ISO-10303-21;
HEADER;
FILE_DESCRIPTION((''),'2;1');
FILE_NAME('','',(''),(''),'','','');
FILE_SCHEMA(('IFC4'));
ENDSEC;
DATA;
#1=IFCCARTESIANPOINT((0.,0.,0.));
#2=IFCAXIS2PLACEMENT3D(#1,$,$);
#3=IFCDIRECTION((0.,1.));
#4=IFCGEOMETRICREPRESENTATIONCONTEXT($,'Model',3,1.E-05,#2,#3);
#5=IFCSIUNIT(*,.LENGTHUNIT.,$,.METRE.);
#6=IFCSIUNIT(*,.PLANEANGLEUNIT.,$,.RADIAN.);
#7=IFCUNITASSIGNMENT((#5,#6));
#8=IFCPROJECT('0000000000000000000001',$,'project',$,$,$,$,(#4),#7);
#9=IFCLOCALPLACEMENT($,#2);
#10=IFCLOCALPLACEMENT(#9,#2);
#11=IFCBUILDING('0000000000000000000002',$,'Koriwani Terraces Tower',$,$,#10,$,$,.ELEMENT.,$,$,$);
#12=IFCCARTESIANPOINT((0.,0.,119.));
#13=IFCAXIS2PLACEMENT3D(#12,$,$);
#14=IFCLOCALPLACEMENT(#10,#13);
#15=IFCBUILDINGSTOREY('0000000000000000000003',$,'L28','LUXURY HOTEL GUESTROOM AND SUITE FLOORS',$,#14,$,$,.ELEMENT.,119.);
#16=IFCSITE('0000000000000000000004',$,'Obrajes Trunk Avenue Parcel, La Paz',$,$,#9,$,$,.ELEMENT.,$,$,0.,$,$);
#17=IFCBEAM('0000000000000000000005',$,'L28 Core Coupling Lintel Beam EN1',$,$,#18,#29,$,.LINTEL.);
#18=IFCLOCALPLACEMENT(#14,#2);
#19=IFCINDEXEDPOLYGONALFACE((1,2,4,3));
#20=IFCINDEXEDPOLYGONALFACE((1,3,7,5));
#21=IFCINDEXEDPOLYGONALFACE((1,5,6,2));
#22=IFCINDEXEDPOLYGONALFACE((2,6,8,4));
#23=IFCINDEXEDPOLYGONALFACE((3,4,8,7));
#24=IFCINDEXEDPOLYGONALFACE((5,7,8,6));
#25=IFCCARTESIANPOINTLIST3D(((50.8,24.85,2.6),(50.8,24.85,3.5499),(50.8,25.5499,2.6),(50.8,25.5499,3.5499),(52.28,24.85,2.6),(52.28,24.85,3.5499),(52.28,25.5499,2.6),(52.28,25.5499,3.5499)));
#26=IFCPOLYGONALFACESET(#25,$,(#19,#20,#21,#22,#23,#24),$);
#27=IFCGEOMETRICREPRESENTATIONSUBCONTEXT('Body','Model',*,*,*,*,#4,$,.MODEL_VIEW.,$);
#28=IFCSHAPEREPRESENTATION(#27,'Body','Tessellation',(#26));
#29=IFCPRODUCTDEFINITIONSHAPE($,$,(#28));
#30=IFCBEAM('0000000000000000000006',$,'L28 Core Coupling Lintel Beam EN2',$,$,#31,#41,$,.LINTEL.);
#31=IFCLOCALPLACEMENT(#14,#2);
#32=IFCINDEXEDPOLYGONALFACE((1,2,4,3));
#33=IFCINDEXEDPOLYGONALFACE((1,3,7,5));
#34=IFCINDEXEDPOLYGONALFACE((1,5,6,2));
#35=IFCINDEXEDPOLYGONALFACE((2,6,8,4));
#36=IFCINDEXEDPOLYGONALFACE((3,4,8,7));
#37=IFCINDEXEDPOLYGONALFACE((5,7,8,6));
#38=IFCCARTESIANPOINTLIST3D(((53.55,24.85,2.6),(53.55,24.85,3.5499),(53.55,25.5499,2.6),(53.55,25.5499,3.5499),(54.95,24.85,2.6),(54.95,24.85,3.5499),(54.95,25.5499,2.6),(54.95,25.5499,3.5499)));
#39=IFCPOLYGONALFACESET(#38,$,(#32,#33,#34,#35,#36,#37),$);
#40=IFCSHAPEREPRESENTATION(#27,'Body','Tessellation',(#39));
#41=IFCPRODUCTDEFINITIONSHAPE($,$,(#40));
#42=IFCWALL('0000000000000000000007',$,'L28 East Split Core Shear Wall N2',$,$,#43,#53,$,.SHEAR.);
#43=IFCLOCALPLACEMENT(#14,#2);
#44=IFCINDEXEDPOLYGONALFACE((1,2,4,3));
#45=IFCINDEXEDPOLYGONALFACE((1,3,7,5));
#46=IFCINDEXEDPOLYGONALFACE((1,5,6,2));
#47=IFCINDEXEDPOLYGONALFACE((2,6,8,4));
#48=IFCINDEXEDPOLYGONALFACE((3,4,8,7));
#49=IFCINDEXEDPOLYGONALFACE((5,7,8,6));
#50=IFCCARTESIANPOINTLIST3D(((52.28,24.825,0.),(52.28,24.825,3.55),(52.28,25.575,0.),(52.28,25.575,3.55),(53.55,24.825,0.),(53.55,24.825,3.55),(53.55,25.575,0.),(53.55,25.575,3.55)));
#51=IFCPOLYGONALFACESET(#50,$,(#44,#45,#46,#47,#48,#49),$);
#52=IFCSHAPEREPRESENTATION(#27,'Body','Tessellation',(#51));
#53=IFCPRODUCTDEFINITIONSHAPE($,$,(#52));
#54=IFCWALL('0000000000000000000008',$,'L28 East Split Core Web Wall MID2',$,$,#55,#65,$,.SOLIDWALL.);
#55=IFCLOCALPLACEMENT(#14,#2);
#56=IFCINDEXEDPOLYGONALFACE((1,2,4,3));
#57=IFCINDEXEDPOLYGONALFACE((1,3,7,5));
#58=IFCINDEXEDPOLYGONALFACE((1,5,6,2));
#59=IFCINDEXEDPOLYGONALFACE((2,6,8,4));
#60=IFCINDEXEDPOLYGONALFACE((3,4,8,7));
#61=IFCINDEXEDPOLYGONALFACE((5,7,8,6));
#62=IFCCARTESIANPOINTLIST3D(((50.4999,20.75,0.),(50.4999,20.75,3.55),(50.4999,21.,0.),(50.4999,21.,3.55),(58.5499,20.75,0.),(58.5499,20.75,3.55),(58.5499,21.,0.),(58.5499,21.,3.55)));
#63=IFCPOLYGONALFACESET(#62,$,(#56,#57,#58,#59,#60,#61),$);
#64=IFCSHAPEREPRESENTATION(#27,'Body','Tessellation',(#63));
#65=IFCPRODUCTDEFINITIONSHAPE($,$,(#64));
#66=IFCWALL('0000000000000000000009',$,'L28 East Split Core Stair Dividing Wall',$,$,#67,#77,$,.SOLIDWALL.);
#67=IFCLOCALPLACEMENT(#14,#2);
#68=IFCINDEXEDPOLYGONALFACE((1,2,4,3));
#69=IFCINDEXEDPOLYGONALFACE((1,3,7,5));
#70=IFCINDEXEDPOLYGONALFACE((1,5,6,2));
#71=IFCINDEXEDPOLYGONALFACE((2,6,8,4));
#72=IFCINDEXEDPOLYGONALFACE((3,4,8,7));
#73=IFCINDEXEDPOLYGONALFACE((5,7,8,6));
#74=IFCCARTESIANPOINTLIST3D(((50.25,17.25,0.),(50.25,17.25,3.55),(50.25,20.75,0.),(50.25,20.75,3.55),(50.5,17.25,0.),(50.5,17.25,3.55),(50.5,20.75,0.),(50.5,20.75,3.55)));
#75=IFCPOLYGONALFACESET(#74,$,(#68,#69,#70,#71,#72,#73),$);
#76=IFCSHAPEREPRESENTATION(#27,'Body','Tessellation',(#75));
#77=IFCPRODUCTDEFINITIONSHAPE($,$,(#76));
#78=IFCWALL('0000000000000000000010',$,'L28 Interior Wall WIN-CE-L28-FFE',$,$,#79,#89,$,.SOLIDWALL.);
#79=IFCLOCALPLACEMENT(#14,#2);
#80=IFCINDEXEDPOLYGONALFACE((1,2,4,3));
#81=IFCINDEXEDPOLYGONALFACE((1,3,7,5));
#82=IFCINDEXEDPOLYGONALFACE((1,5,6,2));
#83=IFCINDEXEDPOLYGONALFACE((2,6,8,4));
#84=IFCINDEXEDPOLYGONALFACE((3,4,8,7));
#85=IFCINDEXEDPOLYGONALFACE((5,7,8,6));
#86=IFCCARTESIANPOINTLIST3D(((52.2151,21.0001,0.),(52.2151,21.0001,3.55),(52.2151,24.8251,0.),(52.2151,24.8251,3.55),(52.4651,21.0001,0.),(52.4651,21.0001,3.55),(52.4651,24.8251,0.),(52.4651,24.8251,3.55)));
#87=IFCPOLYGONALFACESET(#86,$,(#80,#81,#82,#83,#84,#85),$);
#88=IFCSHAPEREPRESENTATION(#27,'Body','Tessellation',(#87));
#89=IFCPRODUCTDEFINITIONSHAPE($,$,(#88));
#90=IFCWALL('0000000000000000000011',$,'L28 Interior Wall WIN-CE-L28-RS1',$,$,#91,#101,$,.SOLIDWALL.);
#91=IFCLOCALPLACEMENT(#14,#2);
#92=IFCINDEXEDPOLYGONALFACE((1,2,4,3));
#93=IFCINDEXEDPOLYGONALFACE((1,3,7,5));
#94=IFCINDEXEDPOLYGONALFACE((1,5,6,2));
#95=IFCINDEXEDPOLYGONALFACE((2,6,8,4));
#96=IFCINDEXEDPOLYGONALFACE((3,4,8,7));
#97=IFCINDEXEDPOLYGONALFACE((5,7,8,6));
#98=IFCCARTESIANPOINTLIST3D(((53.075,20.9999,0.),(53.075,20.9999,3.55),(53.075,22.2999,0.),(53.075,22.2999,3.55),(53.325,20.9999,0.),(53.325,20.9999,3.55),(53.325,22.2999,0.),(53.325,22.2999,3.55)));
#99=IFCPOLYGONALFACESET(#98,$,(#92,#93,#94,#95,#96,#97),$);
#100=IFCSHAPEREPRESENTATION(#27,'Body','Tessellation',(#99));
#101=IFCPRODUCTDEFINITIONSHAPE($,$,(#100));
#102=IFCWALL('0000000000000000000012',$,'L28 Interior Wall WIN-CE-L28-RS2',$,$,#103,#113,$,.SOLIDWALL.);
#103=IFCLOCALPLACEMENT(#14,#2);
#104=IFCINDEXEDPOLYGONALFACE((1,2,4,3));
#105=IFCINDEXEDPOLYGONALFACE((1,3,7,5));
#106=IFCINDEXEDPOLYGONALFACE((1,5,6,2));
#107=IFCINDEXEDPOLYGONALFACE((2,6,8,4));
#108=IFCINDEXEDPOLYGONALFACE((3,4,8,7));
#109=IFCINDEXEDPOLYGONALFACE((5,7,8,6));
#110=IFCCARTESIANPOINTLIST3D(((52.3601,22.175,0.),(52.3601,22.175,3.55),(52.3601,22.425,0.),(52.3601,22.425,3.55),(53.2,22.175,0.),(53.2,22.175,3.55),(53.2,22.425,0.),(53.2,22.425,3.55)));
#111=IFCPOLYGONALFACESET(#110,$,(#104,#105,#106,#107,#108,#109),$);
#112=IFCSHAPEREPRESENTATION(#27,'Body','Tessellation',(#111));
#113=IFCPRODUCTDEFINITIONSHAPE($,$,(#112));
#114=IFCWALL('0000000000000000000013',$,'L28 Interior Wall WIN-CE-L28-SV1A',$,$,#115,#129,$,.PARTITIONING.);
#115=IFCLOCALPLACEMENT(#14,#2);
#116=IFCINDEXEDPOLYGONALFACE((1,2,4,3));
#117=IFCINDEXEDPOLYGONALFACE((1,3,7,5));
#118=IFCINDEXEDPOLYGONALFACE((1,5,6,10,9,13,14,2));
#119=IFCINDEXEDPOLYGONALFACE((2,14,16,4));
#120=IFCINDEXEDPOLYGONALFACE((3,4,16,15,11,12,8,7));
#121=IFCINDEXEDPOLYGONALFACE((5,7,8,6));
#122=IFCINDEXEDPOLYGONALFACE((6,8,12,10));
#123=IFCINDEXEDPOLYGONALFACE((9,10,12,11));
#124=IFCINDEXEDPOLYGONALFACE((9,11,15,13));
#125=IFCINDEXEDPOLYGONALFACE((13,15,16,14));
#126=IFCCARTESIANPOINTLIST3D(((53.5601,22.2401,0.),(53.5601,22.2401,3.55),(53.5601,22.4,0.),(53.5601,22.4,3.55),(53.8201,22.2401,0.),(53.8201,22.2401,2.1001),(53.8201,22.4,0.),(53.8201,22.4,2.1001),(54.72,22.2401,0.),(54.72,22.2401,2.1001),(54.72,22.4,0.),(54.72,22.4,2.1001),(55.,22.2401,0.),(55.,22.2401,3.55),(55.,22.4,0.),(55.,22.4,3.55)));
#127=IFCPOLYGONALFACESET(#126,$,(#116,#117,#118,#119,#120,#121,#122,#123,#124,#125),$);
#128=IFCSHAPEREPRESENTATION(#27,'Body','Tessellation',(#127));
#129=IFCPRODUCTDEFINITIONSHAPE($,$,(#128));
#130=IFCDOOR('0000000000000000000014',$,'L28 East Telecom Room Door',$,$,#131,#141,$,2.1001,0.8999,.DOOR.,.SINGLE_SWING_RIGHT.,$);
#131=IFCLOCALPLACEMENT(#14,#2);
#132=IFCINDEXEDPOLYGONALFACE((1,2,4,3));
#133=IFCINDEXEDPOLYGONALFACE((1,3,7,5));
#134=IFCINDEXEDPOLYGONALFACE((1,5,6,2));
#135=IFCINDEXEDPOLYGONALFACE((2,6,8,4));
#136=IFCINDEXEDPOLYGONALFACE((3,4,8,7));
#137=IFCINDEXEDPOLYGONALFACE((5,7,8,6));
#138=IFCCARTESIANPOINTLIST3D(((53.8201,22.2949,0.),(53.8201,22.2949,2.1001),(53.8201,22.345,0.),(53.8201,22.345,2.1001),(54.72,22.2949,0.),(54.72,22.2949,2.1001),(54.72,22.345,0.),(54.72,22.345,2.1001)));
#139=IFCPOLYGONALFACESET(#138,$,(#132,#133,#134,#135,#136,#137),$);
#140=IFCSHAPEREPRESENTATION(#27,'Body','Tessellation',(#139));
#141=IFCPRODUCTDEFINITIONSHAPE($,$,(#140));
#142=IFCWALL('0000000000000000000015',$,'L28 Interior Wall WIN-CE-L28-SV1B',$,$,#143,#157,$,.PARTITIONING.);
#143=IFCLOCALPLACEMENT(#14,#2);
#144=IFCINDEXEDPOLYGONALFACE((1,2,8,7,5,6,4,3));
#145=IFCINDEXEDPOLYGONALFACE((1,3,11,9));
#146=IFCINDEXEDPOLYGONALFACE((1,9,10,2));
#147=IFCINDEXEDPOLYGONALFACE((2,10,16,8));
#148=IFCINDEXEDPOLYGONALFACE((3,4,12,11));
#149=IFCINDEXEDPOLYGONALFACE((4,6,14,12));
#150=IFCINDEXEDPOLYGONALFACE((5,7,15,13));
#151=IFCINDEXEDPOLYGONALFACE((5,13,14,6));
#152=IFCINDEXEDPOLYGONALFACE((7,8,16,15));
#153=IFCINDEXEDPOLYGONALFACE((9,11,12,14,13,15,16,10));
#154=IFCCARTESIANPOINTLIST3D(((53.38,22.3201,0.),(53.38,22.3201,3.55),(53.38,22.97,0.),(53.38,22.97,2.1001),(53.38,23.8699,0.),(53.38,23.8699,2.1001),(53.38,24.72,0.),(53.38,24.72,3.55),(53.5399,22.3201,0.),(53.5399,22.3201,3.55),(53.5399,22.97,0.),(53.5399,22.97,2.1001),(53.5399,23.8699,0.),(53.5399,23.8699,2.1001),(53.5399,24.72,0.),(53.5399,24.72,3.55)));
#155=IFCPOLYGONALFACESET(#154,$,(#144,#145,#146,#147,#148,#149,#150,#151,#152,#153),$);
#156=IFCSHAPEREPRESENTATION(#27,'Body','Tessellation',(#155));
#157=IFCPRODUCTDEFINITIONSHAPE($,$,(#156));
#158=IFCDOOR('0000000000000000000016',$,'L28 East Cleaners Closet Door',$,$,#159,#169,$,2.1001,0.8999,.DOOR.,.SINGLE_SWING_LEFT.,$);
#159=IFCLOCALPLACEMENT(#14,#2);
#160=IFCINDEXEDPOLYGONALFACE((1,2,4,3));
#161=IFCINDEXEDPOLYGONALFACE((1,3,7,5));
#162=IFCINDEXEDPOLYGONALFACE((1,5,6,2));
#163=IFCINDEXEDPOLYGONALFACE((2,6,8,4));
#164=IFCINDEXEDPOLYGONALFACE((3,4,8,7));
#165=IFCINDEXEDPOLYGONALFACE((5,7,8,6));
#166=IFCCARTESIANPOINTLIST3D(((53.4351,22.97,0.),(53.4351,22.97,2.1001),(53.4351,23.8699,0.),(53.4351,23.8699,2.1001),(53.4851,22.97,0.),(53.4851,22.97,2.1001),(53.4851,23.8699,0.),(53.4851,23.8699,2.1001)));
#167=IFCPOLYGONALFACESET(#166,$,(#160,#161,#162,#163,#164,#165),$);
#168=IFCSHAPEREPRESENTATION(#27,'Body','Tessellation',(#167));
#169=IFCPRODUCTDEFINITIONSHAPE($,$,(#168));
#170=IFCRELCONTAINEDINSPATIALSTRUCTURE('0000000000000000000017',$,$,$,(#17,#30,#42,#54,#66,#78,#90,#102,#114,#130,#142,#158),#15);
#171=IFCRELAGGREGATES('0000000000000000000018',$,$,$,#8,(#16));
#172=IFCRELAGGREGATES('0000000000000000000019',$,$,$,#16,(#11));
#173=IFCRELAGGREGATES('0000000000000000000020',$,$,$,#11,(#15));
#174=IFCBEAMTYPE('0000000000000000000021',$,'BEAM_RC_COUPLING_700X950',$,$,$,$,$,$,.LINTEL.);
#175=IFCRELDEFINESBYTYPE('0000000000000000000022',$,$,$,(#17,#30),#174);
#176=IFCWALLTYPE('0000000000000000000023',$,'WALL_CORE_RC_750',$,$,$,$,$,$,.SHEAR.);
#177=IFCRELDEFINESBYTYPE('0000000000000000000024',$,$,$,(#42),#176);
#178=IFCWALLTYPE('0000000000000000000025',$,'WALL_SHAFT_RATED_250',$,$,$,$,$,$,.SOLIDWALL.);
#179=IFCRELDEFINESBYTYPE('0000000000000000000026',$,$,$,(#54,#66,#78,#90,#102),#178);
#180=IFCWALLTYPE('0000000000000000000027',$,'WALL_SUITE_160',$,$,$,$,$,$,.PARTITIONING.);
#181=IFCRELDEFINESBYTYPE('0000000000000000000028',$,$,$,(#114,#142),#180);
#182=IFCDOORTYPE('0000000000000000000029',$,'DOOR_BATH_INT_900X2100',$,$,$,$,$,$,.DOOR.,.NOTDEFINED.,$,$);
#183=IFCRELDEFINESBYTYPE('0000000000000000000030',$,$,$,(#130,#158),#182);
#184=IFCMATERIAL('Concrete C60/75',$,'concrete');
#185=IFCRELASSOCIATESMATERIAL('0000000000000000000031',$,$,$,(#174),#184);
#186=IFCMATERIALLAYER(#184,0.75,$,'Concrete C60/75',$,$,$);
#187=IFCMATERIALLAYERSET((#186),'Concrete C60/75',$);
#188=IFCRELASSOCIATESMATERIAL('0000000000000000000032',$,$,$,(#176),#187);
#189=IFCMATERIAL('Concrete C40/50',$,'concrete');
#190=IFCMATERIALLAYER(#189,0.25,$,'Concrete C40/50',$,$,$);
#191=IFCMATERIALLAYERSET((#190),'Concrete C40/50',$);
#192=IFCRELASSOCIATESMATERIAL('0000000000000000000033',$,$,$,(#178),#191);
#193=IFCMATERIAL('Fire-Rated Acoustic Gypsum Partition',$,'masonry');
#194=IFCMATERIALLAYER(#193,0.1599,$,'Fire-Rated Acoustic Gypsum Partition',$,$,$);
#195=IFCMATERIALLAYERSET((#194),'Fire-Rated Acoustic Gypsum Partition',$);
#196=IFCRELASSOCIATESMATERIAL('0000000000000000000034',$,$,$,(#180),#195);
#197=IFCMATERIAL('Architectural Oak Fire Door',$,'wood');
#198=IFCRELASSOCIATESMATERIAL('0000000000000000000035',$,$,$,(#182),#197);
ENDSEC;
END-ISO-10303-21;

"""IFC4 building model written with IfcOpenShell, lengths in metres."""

from ifc_helpers import new_model, si_unit, direction, frame, frame_2d, origin, origin_2d, place, context, subcontext, project, spatial, rectangle, extrude, material, layer, layer_set, material_profile, profile_set, type_object, element, fill, save


model = new_model("IFC4")

# Units and contexts
model_context = context("Model", 3, precision=1e-05, world=origin(), true_north=direction((0.0, 1.0)))
body_context = subcontext(model_context, "Body", "Model", "MODEL_VIEW")
ifc_project = project(units=[si_unit("LENGTHUNIT", "METRE"), si_unit("PLANEANGLEUNIT", "RADIAN")], contexts=[model_context])

# Site, building, storey
site_placement = place(None, origin())
site = spatial("IfcSite", under=ifc_project, at=site_placement, Name="Obrajes Trunk Avenue Parcel, La Paz", CompositionType="ELEMENT", RefElevation=0.0)
building_placement = place(site_placement, origin())
building = spatial("IfcBuilding", under=site, at=building_placement, Name="Koriwani Terraces Tower", CompositionType="ELEMENT")
storey_placement = place(building_placement, frame((0.0, 0.0, 119.0)))
storey = spatial("IfcBuildingStorey", under=building, at=storey_placement, Name="L28", Description="LUXURY HOTEL GUESTROOM AND SUITE FLOORS", CompositionType="ELEMENT", Elevation=119.0)

# Beams
ifc_material_1 = material(Name="Concrete C60/75", Category="concrete")
ifc_material_profile = material_profile(ifc_material_1, rectangle(XDim=0.7, YDim=0.95, at=origin_2d()), Name="Concrete C60/75", Category="LoadBearing")
ifc_profile_set = profile_set([ifc_material_profile], Name="Concrete C60/75")
beam_type = type_object("IfcBeamType", Name="BEAM_RC_COUPLING_700X950", PredefinedType="LINTEL", material=ifc_profile_set)
beam_1_placement = place(storey_placement, frame((50.8, 25.2, 3.075), z_axis=(1.0, 0.0, 0.0), x_axis=(0.0, 1.0, 0.0)))
element("IfcBeam", 1, at=beam_1_placement, inside=storey, type_object=beam_type, Name="L28 Core Coupling Lintel Beam EN1", PredefinedType="LINTEL", context=body_context, shape_type="SweptSolid", body=[
    extrude(rectangle(XDim=0.7, YDim=0.95, at=origin_2d()), origin(), (0.0, 0.0, 1.0), 1.48),
])
beam_2_placement = place(storey_placement, frame((53.55, 25.2, 3.075), z_axis=(1.0, 0.0, 0.0), x_axis=(0.0, 1.0, 0.0)))
element("IfcBeam", 2, at=beam_2_placement, inside=storey, type_object=beam_type, Name="L28 Core Coupling Lintel Beam EN2", PredefinedType="LINTEL", context=body_context, shape_type="SweptSolid", body=[
    extrude(rectangle(XDim=0.7, YDim=0.95, at=origin_2d()), origin(), (0.0, 0.0, 1.0), 1.3999),
])

# Walls
ifc_layer_1 = layer(ifc_material_1, 0.75, Name="Concrete C60/75")
ifc_layer_set_1 = layer_set([ifc_layer_1], Name="Concrete C60/75")
wall_type_1 = type_object("IfcWallType", Name="WALL_CORE_RC_750", PredefinedType="SHEAR", material=ifc_layer_set_1)
wall_1_placement = place(storey_placement, frame((52.28, 25.2, 0.0), z_axis=(0.0, 0.0, 1.0), x_axis=(1.0, 0.0, 0.0)))
element("IfcWall", 3, at=wall_1_placement, inside=storey, type_object=wall_type_1, Name="L28 East Split Core Shear Wall N2", PredefinedType="SHEAR", context=body_context, shape_type="SweptSolid", body=[
    extrude(rectangle(XDim=1.27, YDim=0.75, at=frame_2d((0.635, 0.0))), origin(), (0.0, 0.0, 1.0), 3.55),
])
ifc_material_2 = material(Name="Concrete C40/50", Category="concrete")
ifc_layer_2 = layer(ifc_material_2, 0.25, Name="Concrete C40/50")
ifc_layer_set_2 = layer_set([ifc_layer_2], Name="Concrete C40/50")
wall_type_2 = type_object("IfcWallType", Name="WALL_SHAFT_RATED_250", PredefinedType="SOLIDWALL", material=ifc_layer_set_2)
wall_2_placement = place(storey_placement, frame((50.5, 20.875, 0.0), z_axis=(0.0, 0.0, 1.0), x_axis=(1.0, 0.0, 0.0)))
element("IfcWall", 4, at=wall_2_placement, inside=storey, type_object=wall_type_2, Name="L28 East Split Core Web Wall MID2", PredefinedType="SOLIDWALL", context=body_context, shape_type="SweptSolid", body=[
    extrude(rectangle(XDim=8.05, YDim=0.25, at=frame_2d((4.0249, 0.0))), origin(), (0.0, 0.0, 1.0), 3.55),
])
wall_3_placement = place(storey_placement, frame((50.375, 17.25, 0.0), z_axis=(0.0, 0.0, 1.0), x_axis=(0.0, 1.0, 0.0)))
element("IfcWall", 5, at=wall_3_placement, inside=storey, type_object=wall_type_2, Name="L28 East Split Core Stair Dividing Wall", PredefinedType="SOLIDWALL", context=body_context, shape_type="SweptSolid", body=[
    extrude(rectangle(XDim=3.5, YDim=0.25, at=frame_2d((1.75, 0.0))), origin(), (0.0, 0.0, 1.0), 3.55),
])
wall_4_placement = place(storey_placement, frame((52.3401, 21.0, 0.0), z_axis=(0.0, 0.0, 1.0), x_axis=(0.0, 1.0, 0.0)))
element("IfcWall", 6, at=wall_4_placement, inside=storey, type_object=wall_type_2, Name="L28 Interior Wall WIN-CE-L28-FFE", PredefinedType="SOLIDWALL", context=body_context, shape_type="SweptSolid", body=[
    extrude(rectangle(XDim=3.825, YDim=0.25, at=frame_2d((1.9126, 0.0))), origin(), (0.0, 0.0, 1.0), 3.55),
])
wall_5_placement = place(storey_placement, frame((53.2, 21.0, 0.0), z_axis=(0.0, 0.0, 1.0), x_axis=(0.0, 1.0, 0.0)))
element("IfcWall", 7, at=wall_5_placement, inside=storey, type_object=wall_type_2, Name="L28 Interior Wall WIN-CE-L28-RS1", PredefinedType="SOLIDWALL", context=body_context, shape_type="SweptSolid", body=[
    extrude(rectangle(XDim=1.3, YDim=0.25, at=frame_2d((0.6499, 0.0))), origin(), (0.0, 0.0, 1.0), 3.55),
])
wall_6_placement = place(storey_placement, frame((52.3601, 22.3, 0.0), z_axis=(0.0, 0.0, 1.0), x_axis=(1.0, 0.0, 0.0)))
element("IfcWall", 8, at=wall_6_placement, inside=storey, type_object=wall_type_2, Name="L28 Interior Wall WIN-CE-L28-RS2", PredefinedType="SOLIDWALL", context=body_context, shape_type="SweptSolid", body=[
    extrude(rectangle(XDim=0.8398, YDim=0.25, at=frame_2d((0.4199, 0.0))), origin(), (0.0, 0.0, 1.0), 3.55),
])

# Walls, openings, doors
ifc_material_3 = material(Name="Fire-Rated Acoustic Gypsum Partition", Category="masonry")
ifc_layer_3 = layer(ifc_material_3, 0.1599, Name="Fire-Rated Acoustic Gypsum Partition")
ifc_layer_set_3 = layer_set([ifc_layer_3], Name="Fire-Rated Acoustic Gypsum Partition")
wall_type_3 = type_object("IfcWallType", Name="WALL_SUITE_160", PredefinedType="PARTITIONING", material=ifc_layer_set_3)
wall_7_placement = place(storey_placement, frame((53.5601, 22.3201, 0.0), z_axis=(0.0, 0.0, 1.0), x_axis=(1.0, 0.0, 0.0)))
wall_7 = element("IfcWall", 9, at=wall_7_placement, inside=storey, type_object=wall_type_3, Name="L28 Interior Wall WIN-CE-L28-SV1A", PredefinedType="PARTITIONING", context=body_context, shape_type="SweptSolid", body=[
    extrude(rectangle(XDim=1.4399, YDim=0.1599, at=frame_2d((0.72, 0.0))), origin(), (0.0, 0.0, 1.0), 3.55),
])
opening_1_placement = place(wall_7_placement, frame((0.26, 0.0, 0.0)))
opening_1 = element("IfcOpeningElement", 10, at=opening_1_placement, cuts=wall_7, PredefinedType="OPENING", context=body_context, shape_type="SweptSolid", body=[
    extrude(rectangle(XDim=0.8999, YDim=2.1001, at=frame_2d((0.45, 1.05))), frame((0.0, 0.0898, 0.0), z_axis=(0.0, -1.0, 0.0), x_axis=(1.0, 0.0, 0.0)), (0.0, 0.0, 1.0), 0.1799),
])
ifc_material_4 = material(Name="Architectural Oak Fire Door", Category="wood")
door_type = type_object("IfcDoorType", Name="DOOR_BATH_INT_900X2100", OperationType="NOTDEFINED", PredefinedType="DOOR", material=ifc_material_4)
door_1_placement = place(opening_1_placement, origin())
door_1 = element("IfcDoor", 11, at=door_1_placement, inside=storey, type_object=door_type, Name="L28 East Telecom Room Door", OperationType="SINGLE_SWING_RIGHT", OverallHeight=2.1001, OverallWidth=0.8999, PredefinedType="DOOR", context=body_context, shape_type="SweptSolid", body=[
    extrude(rectangle(XDim=0.8999, YDim=2.1001, at=frame_2d((0.45, 1.05))), frame((0.0, 0.0249, 0.0), z_axis=(0.0, -1.0, 0.0), x_axis=(1.0, 0.0, 0.0)), (0.0, 0.0, 1.0), 0.05),
])
fill(opening_1, door_1)
wall_8_placement = place(storey_placement, frame((53.46, 22.3201, 0.0), z_axis=(0.0, 0.0, 1.0), x_axis=(0.0, 1.0, 0.0)))
wall_8 = element("IfcWall", 12, at=wall_8_placement, inside=storey, type_object=wall_type_3, Name="L28 Interior Wall WIN-CE-L28-SV1B", PredefinedType="PARTITIONING", context=body_context, shape_type="SweptSolid", body=[
    extrude(rectangle(XDim=2.3999, YDim=0.1599, at=frame_2d((1.2, 0.0))), origin(), (0.0, 0.0, 1.0), 3.55),
])
opening_2_placement = place(wall_8_placement, frame((0.6499, 0.0, 0.0)))
opening_2 = element("IfcOpeningElement", 13, at=opening_2_placement, cuts=wall_8, PredefinedType="OPENING", context=body_context, shape_type="SweptSolid", body=[
    extrude(rectangle(XDim=0.8999, YDim=2.1001, at=frame_2d((0.45, 1.05))), frame((0.0, 0.0898, 0.0), z_axis=(0.0, -1.0, 0.0), x_axis=(1.0, 0.0, 0.0)), (0.0, 0.0, 1.0), 0.1799),
])
door_2_placement = place(opening_2_placement, origin())
door_2 = element("IfcDoor", 14, at=door_2_placement, inside=storey, type_object=door_type, Name="L28 East Cleaners Closet Door", OperationType="SINGLE_SWING_LEFT", OverallHeight=2.1001, OverallWidth=0.8999, PredefinedType="DOOR", context=body_context, shape_type="SweptSolid", body=[
    extrude(rectangle(XDim=0.8999, YDim=2.1001, at=frame_2d((0.45, 1.05))), frame((0.0, 0.0249, 0.0), z_axis=(0.0, -1.0, 0.0), x_axis=(1.0, 0.0, 0.0)), (0.0, 0.0, 1.0), 0.05),
])
fill(opening_2, door_2)

save(model, "model.ifc")
